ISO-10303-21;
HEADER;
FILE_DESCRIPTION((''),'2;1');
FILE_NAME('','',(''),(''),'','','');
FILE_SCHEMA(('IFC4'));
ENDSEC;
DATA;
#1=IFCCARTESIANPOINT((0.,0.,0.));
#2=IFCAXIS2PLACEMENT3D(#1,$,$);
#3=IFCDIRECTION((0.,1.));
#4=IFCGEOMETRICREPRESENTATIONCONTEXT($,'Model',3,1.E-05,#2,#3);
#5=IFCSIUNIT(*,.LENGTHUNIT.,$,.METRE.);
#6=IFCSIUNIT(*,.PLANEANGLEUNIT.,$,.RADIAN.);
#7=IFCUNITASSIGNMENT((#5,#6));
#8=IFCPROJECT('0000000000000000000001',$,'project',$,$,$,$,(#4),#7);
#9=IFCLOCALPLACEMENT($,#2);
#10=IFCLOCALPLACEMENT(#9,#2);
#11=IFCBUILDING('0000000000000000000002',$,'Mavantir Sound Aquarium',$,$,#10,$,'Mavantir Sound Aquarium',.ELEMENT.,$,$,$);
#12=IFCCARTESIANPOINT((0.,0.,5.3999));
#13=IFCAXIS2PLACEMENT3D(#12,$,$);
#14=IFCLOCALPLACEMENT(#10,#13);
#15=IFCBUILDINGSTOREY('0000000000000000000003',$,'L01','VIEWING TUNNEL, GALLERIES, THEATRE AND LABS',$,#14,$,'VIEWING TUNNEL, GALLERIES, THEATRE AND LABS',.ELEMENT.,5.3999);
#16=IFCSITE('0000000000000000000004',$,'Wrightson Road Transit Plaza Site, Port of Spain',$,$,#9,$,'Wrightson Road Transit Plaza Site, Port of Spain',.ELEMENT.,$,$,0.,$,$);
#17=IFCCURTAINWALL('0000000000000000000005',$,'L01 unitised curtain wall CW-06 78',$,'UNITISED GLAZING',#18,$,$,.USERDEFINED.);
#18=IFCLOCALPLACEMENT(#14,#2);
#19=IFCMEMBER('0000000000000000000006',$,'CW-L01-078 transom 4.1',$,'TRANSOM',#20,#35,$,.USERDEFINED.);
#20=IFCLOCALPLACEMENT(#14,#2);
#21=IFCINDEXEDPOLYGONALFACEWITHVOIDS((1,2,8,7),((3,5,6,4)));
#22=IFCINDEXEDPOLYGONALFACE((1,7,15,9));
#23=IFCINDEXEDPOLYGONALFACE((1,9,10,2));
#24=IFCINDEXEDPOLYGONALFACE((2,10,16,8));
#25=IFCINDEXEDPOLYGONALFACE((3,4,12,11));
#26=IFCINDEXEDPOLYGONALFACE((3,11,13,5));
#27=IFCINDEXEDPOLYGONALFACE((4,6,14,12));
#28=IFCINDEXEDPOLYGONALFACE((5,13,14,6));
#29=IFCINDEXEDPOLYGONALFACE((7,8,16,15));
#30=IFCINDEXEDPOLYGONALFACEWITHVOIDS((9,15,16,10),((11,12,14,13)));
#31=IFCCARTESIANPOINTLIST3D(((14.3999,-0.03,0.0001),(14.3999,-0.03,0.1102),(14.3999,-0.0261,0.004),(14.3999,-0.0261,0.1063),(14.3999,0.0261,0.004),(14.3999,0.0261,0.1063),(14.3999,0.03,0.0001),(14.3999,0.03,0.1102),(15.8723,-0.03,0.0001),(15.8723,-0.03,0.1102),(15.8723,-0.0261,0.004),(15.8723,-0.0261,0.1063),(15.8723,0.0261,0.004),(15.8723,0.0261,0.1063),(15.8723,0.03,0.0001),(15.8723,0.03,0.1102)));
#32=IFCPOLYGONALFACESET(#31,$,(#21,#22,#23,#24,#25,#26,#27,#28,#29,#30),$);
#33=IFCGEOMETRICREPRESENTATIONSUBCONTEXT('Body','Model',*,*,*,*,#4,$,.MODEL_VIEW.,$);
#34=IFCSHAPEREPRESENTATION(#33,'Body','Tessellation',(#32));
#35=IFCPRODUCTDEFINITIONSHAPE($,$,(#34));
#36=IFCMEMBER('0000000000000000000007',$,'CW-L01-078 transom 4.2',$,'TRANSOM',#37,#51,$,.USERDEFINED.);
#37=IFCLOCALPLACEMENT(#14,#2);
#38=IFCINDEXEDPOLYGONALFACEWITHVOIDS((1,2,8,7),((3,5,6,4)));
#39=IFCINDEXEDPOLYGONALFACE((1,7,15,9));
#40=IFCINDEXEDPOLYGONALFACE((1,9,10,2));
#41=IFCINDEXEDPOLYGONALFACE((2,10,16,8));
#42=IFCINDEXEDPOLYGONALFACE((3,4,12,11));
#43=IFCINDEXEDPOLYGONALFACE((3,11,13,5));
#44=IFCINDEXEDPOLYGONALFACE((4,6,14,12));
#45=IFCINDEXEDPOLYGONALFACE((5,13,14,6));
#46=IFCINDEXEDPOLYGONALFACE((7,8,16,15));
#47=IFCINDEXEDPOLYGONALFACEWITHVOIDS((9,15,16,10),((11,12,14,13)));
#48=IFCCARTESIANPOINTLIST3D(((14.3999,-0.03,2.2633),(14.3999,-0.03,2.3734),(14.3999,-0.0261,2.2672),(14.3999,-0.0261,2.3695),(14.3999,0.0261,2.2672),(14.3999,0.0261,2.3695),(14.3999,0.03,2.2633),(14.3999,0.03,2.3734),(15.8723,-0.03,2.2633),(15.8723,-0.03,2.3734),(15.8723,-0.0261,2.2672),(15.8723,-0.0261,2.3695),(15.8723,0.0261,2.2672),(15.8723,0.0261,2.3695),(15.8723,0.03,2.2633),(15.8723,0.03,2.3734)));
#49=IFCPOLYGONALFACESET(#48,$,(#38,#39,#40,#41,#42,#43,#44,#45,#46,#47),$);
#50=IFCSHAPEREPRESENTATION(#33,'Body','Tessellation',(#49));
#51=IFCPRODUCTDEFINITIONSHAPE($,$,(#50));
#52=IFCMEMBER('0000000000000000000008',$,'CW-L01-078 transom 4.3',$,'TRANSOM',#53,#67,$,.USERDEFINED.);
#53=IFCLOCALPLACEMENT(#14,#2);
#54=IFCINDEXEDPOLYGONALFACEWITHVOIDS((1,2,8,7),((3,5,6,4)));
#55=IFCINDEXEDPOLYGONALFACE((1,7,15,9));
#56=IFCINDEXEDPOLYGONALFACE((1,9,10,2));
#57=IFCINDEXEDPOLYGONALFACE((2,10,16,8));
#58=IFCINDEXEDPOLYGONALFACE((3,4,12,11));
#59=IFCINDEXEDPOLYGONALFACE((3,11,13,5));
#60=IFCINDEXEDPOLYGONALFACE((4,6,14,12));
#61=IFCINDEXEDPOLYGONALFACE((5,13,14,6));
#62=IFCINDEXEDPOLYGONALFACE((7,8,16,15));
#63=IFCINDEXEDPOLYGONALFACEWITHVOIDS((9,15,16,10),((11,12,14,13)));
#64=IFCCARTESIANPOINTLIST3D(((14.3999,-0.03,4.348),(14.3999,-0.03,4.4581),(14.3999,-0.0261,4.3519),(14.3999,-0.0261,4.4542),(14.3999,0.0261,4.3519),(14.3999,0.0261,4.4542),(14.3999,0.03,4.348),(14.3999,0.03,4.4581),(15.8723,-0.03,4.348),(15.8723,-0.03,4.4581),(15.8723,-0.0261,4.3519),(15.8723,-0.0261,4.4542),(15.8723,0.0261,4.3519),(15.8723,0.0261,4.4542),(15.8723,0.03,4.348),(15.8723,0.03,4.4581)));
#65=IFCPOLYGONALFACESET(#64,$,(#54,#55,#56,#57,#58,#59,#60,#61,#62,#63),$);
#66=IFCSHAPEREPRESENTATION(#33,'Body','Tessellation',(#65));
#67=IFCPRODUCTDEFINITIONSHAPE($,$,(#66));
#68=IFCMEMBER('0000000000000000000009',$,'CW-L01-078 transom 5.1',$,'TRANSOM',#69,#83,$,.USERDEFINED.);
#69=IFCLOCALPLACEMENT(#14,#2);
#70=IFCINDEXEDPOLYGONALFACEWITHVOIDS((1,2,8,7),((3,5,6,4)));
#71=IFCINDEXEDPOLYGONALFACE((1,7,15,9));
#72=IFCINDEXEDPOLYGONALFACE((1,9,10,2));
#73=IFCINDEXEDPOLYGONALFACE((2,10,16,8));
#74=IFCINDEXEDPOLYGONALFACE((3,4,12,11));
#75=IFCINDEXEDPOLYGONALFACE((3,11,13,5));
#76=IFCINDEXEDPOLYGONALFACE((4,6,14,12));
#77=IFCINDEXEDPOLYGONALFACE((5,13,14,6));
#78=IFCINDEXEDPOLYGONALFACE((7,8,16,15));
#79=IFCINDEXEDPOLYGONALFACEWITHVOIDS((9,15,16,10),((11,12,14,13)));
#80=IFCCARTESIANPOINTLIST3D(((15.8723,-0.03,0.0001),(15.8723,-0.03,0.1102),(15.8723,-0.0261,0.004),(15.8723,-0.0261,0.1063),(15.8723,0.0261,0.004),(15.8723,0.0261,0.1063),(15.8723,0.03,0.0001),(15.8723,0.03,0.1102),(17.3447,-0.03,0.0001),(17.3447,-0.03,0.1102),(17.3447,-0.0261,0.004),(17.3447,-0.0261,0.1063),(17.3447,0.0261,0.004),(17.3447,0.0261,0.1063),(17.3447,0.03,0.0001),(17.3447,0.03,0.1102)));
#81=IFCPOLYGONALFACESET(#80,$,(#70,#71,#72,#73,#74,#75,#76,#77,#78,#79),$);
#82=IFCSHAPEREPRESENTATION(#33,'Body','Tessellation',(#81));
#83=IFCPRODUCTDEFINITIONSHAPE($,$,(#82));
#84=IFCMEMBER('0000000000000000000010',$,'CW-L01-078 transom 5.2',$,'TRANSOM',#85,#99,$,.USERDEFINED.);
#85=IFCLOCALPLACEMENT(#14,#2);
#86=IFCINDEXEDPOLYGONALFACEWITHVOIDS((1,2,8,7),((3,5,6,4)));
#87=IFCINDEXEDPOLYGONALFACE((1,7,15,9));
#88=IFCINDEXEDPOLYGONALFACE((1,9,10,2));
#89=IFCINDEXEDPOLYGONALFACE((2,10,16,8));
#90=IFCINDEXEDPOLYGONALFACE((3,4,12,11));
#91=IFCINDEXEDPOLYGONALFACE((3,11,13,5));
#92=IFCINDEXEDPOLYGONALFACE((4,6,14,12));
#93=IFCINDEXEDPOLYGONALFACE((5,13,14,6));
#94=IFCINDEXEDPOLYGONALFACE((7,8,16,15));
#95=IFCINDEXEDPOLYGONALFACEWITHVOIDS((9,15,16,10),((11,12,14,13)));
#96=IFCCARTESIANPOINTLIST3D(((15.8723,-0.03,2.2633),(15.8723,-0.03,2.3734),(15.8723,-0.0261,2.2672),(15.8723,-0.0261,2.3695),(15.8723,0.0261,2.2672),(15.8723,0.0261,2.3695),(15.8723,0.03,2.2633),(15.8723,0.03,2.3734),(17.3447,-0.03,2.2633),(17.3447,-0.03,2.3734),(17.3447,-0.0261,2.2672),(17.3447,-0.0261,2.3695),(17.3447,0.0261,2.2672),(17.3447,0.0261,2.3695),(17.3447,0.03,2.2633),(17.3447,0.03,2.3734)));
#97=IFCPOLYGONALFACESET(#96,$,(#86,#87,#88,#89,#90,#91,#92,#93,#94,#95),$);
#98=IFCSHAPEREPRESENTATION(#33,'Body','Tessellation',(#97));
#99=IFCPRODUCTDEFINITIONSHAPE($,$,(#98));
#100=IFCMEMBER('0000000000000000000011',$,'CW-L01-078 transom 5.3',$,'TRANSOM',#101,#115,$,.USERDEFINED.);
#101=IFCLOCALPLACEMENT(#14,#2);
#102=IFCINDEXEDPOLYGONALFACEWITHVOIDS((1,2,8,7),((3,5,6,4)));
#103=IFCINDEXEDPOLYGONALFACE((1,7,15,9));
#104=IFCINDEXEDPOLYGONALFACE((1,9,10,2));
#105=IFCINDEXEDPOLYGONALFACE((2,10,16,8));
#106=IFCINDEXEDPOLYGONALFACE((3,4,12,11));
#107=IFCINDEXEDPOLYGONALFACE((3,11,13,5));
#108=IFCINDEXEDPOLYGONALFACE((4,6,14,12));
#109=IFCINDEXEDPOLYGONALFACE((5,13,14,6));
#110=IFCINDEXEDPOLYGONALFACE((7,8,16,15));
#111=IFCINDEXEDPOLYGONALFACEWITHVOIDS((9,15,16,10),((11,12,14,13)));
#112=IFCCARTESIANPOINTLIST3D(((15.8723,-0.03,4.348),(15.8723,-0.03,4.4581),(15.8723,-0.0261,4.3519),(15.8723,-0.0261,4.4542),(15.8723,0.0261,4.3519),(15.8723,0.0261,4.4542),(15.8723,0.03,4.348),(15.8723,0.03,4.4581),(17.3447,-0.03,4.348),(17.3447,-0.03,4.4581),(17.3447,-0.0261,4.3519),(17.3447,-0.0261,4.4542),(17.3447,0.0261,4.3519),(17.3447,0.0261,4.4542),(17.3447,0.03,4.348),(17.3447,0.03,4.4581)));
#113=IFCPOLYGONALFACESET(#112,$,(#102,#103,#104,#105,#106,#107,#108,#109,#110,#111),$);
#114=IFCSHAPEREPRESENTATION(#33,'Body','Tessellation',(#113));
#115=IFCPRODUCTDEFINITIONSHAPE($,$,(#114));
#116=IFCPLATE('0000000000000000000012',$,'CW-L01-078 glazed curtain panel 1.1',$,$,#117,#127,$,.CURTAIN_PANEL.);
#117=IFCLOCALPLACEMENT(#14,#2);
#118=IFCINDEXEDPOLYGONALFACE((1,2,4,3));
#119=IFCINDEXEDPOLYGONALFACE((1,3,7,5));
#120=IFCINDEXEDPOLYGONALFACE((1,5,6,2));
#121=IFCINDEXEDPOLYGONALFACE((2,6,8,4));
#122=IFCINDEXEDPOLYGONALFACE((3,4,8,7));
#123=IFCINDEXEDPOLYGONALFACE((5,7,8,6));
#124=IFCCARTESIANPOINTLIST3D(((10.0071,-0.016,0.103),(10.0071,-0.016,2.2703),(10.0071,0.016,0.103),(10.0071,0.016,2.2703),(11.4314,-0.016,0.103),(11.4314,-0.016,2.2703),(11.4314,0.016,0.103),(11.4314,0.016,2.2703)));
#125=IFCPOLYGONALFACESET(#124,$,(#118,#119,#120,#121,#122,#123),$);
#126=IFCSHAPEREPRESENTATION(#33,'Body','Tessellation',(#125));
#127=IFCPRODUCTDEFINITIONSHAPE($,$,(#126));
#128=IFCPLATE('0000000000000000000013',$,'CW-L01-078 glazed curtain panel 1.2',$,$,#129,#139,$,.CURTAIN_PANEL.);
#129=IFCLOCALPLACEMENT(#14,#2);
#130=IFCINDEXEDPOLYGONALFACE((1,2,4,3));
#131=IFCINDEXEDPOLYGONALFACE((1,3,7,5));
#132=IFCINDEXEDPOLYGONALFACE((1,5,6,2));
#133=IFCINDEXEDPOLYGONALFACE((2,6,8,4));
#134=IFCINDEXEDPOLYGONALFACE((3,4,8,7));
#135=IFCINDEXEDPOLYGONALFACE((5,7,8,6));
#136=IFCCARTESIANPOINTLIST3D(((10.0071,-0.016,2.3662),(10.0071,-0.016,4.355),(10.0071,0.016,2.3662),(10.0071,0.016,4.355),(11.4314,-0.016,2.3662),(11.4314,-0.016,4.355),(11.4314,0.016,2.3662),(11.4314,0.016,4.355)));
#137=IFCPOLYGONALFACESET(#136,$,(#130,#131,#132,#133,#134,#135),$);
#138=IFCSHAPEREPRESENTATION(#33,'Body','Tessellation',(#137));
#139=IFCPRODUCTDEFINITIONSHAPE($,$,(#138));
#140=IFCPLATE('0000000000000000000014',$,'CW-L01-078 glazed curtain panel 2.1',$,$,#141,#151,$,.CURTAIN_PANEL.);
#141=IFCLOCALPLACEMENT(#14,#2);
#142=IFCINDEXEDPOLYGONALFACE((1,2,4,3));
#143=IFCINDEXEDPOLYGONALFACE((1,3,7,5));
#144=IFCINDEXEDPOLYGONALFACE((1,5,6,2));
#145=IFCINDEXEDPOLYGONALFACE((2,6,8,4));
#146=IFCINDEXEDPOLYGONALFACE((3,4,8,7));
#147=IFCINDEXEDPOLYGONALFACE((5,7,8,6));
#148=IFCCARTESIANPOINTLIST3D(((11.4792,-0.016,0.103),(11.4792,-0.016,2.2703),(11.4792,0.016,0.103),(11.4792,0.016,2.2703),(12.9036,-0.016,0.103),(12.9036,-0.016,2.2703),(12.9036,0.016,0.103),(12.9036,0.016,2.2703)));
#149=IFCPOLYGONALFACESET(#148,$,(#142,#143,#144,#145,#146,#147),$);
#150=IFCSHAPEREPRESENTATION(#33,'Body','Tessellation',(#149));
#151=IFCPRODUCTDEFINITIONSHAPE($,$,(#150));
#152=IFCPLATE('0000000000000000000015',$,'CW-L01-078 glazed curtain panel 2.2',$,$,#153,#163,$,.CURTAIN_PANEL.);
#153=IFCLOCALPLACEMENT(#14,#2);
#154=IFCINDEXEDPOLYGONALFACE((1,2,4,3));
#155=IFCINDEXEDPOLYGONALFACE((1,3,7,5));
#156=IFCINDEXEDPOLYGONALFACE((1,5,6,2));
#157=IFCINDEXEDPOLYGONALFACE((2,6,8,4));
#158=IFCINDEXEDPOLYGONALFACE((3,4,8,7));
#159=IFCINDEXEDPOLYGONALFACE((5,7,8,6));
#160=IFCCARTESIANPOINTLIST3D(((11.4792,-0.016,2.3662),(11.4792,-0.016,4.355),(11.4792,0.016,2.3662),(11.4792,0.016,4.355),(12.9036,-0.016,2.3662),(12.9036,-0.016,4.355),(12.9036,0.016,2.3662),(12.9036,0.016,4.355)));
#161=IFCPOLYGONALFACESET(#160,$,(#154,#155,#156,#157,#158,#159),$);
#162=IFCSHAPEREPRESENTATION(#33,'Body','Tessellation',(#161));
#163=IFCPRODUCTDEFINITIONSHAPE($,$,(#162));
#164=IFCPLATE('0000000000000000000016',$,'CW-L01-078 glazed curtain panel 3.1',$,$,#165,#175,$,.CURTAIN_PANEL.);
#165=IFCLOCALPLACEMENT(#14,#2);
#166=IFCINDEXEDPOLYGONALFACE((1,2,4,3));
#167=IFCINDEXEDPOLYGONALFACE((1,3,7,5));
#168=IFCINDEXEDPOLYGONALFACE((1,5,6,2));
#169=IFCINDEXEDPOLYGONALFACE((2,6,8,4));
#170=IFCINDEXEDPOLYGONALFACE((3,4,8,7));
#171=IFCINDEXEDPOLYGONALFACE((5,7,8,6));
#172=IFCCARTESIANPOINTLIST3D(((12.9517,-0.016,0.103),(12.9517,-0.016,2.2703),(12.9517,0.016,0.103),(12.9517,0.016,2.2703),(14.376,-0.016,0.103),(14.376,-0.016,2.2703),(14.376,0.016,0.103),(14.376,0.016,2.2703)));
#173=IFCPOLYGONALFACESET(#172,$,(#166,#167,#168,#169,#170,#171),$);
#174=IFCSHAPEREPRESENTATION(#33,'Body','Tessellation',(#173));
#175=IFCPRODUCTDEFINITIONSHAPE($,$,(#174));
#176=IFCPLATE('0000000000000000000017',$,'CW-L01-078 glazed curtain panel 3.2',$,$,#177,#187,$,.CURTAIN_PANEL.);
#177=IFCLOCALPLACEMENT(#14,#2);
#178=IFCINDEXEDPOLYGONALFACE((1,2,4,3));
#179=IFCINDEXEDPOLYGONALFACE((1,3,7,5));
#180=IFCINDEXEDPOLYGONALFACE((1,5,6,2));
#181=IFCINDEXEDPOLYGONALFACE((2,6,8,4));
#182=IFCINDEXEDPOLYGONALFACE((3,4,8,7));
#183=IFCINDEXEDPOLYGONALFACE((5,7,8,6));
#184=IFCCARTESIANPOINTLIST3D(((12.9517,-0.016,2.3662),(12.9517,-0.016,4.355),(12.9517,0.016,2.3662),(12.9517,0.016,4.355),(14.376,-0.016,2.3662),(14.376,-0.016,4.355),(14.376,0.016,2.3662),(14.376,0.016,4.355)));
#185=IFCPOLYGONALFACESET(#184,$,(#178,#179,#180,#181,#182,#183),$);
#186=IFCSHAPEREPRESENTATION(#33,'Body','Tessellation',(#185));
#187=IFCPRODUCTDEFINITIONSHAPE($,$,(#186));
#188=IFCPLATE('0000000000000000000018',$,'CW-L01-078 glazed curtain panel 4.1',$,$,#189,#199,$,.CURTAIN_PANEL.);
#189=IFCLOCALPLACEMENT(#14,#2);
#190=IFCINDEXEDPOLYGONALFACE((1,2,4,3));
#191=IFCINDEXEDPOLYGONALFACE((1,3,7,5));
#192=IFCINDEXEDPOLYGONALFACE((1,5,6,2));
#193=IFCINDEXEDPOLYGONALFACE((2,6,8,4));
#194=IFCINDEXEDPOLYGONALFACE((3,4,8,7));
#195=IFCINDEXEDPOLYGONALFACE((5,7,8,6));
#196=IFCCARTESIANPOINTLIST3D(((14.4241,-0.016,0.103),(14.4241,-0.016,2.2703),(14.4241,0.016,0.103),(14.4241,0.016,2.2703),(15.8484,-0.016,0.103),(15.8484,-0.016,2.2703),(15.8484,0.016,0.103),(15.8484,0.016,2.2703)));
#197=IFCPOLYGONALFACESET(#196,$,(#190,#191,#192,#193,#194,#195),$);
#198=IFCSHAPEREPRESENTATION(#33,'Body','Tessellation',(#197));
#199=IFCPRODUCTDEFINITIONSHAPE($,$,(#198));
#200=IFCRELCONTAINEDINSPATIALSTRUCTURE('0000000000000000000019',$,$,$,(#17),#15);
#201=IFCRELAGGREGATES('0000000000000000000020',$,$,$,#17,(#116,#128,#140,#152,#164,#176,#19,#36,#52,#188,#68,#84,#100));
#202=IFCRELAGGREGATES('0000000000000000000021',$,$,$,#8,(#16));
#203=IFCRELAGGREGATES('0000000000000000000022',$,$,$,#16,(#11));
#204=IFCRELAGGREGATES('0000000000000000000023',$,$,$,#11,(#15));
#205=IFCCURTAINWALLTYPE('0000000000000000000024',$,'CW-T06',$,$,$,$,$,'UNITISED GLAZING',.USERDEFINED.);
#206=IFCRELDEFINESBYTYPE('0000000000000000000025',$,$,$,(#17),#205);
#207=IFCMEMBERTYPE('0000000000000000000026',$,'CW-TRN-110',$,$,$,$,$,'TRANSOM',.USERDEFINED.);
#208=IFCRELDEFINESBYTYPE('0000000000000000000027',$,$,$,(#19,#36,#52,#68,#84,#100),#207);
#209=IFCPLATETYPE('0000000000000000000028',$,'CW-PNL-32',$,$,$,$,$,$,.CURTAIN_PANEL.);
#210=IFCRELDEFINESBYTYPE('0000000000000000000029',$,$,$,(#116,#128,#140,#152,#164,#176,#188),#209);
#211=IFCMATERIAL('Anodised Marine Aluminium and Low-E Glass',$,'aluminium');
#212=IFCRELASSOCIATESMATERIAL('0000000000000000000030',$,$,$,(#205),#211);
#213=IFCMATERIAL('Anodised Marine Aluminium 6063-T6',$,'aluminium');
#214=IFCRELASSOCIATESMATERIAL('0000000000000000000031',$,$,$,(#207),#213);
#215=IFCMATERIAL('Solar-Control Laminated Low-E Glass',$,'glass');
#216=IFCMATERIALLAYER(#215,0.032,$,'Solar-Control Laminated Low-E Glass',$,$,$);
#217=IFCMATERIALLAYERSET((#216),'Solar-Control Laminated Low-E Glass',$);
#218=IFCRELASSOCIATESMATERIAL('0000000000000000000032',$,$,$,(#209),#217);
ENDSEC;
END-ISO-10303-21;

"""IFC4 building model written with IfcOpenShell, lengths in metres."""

from ifc_helpers import new_model, si_unit, direction, frame, origin, origin_2d, place, context, subcontext, project, spatial, rectangle, hollow_rectangle, extrude, material, layer, layer_set, material_profile, profile_set, type_object, element, aggregate, save


model = new_model("IFC4")

# Units and contexts
model_context = context("Model", 3, precision=1e-05, world=origin(), true_north=direction((0.0, 1.0)))
body_context = subcontext(model_context, "Body", "Model", "MODEL_VIEW")
ifc_project = project(units=[si_unit("LENGTHUNIT", "METRE"), si_unit("PLANEANGLEUNIT", "RADIAN")], contexts=[model_context])

# Site, building, storey
site_placement = place(None, origin())
site = spatial("IfcSite", under=ifc_project, at=site_placement, Name="Wrightson Road Transit Plaza Site, Port of Spain", LongName="Wrightson Road Transit Plaza Site, Port of Spain", CompositionType="ELEMENT", RefElevation=0.0)
building_placement = place(site_placement, origin())
building = spatial("IfcBuilding", under=site, at=building_placement, Name="Mavantir Sound Aquarium", LongName="Mavantir Sound Aquarium", CompositionType="ELEMENT")
storey_placement = place(building_placement, frame((0.0, 0.0, 5.3999)))
storey = spatial("IfcBuildingStorey", under=building, at=storey_placement, Name="L01", Description="VIEWING TUNNEL, GALLERIES, THEATRE AND LABS", LongName="VIEWING TUNNEL, GALLERIES, THEATRE AND LABS", CompositionType="ELEMENT", Elevation=5.3999)

# Curtain wall, members, plates
ifc_material_1 = material(Name="Anodised Marine Aluminium and Low-E Glass", Category="aluminium")
curtain_wall_type = type_object("IfcCurtainWallType", Name="CW-T06", ElementType="UNITISED GLAZING", PredefinedType="USERDEFINED", material=ifc_material_1)
curtain_wall_placement = place(storey_placement, origin())
curtain_wall = element("IfcCurtainWall", 1, at=curtain_wall_placement, inside=storey, type_object=curtain_wall_type, Name="L01 unitised curtain wall CW-06 78", ObjectType="UNITISED GLAZING", PredefinedType="USERDEFINED")
ifc_material_2 = material(Name="Anodised Marine Aluminium 6063-T6", Category="aluminium")
ifc_material_profile_1 = material_profile(ifc_material_2, hollow_rectangle(XDim=0.0601, YDim=0.1101, WallThickness=0.0039, at=origin_2d()), Name="ALU-TRANSOM-110X60")
ifc_profile_set_1 = profile_set([ifc_material_profile_1], Name="Anodised Marine Aluminium 6063-T6")
member_type_1 = type_object("IfcMemberType", Name="CW-TRN-110", ElementType="TRANSOM", PredefinedType="USERDEFINED", material=ifc_profile_set_1)
member_1_placement = place(storey_placement, frame((14.3999, 0.0, 0.0552), z_axis=(1.0, 0.0, 0.0), x_axis=(0.0, 1.0, 0.0)))
member_1 = element("IfcMember", 2, at=member_1_placement, type_object=member_type_1, Name="CW-L01-078 transom 4.1", ObjectType="TRANSOM", PredefinedType="USERDEFINED", context=body_context, shape_type="SweptSolid", body=[
    extrude(hollow_rectangle(XDim=0.0601, YDim=0.1101, WallThickness=0.0039, at=origin_2d()), origin(), (0.0, 0.0, 1.0), 1.4724),
])
member_2_placement = place(storey_placement, frame((14.3999, 0.0, 2.3184), z_axis=(1.0, 0.0, 0.0), x_axis=(0.0, 1.0, 0.0)))
member_2 = element("IfcMember", 3, at=member_2_placement, type_object=member_type_1, Name="CW-L01-078 transom 4.2", ObjectType="TRANSOM", PredefinedType="USERDEFINED", context=body_context, shape_type="SweptSolid", body=[
    extrude(hollow_rectangle(XDim=0.0601, YDim=0.1101, WallThickness=0.0039, at=origin_2d()), origin(), (0.0, 0.0, 1.0), 1.4724),
])
member_3_placement = place(storey_placement, frame((14.3999, 0.0, 4.4031), z_axis=(1.0, 0.0, 0.0), x_axis=(0.0, 1.0, 0.0)))
member_3 = element("IfcMember", 4, at=member_3_placement, type_object=member_type_1, Name="CW-L01-078 transom 4.3", ObjectType="TRANSOM", PredefinedType="USERDEFINED", context=body_context, shape_type="SweptSolid", body=[
    extrude(hollow_rectangle(XDim=0.0601, YDim=0.1101, WallThickness=0.0039, at=origin_2d()), origin(), (0.0, 0.0, 1.0), 1.4724),
])
member_4_placement = place(storey_placement, frame((15.8723, 0.0, 0.0552), z_axis=(1.0, 0.0, 0.0), x_axis=(0.0, 1.0, 0.0)))
member_4 = element("IfcMember", 5, at=member_4_placement, type_object=member_type_1, Name="CW-L01-078 transom 5.1", ObjectType="TRANSOM", PredefinedType="USERDEFINED", context=body_context, shape_type="SweptSolid", body=[
    extrude(hollow_rectangle(XDim=0.0601, YDim=0.1101, WallThickness=0.0039, at=origin_2d()), origin(), (0.0, 0.0, 1.0), 1.4724),
])
member_5_placement = place(storey_placement, frame((15.8723, 0.0, 2.3184), z_axis=(1.0, 0.0, 0.0), x_axis=(0.0, 1.0, 0.0)))
member_5 = element("IfcMember", 6, at=member_5_placement, type_object=member_type_1, Name="CW-L01-078 transom 5.2", ObjectType="TRANSOM", PredefinedType="USERDEFINED", context=body_context, shape_type="SweptSolid", body=[
    extrude(hollow_rectangle(XDim=0.0601, YDim=0.1101, WallThickness=0.0039, at=origin_2d()), origin(), (0.0, 0.0, 1.0), 1.4724),
])
member_6_placement = place(storey_placement, frame((15.8723, 0.0, 4.4031), z_axis=(1.0, 0.0, 0.0), x_axis=(0.0, 1.0, 0.0)))
member_6 = element("IfcMember", 7, at=member_6_placement, type_object=member_type_1, Name="CW-L01-078 transom 5.3", ObjectType="TRANSOM", PredefinedType="USERDEFINED", context=body_context, shape_type="SweptSolid", body=[
    extrude(hollow_rectangle(XDim=0.0601, YDim=0.1101, WallThickness=0.0039, at=origin_2d()), origin(), (0.0, 0.0, 1.0), 1.4724),
])
ifc_material_3 = material(Name="Solar-Control Laminated Low-E Glass", Category="glass")
ifc_layer_1 = layer(ifc_material_3, 0.032, Name="Solar-Control Laminated Low-E Glass")
ifc_layer_set_1 = layer_set([ifc_layer_1], Name="Solar-Control Laminated Low-E Glass")
plate_type = type_object("IfcPlateType", Name="CW-PNL-32", PredefinedType="CURTAIN_PANEL", material=ifc_layer_set_1)
plate_1_placement = place(storey_placement, frame((10.7192, 0.0, 0.103), z_axis=(0.0, 0.0, 1.0), x_axis=(1.0, 0.0, 0.0)))
plate_1 = element("IfcPlate", 8, at=plate_1_placement, type_object=plate_type, Name="CW-L01-078 glazed curtain panel 1.1", PredefinedType="CURTAIN_PANEL", context=body_context, shape_type="SweptSolid", body=[
    extrude(rectangle(XDim=1.4243, YDim=0.032, at=origin_2d()), origin(), (0.0, 0.0, 1.0), 2.1672),
])
plate_2_placement = place(storey_placement, frame((10.7192, 0.0, 2.3662), z_axis=(0.0, 0.0, 1.0), x_axis=(1.0, 0.0, 0.0)))
plate_2 = element("IfcPlate", 9, at=plate_2_placement, type_object=plate_type, Name="CW-L01-078 glazed curtain panel 1.2", PredefinedType="CURTAIN_PANEL", context=body_context, shape_type="SweptSolid", body=[
    extrude(rectangle(XDim=1.4243, YDim=0.032, at=origin_2d()), origin(), (0.0, 0.0, 1.0), 1.9888),
])
plate_3_placement = place(storey_placement, frame((12.1914, 0.0, 0.103), z_axis=(0.0, 0.0, 1.0), x_axis=(1.0, 0.0, 0.0)))
plate_3 = element("IfcPlate", 10, at=plate_3_placement, type_object=plate_type, Name="CW-L01-078 glazed curtain panel 2.1", PredefinedType="CURTAIN_PANEL", context=body_context, shape_type="SweptSolid", body=[
    extrude(rectangle(XDim=1.4243, YDim=0.032, at=origin_2d()), origin(), (0.0, 0.0, 1.0), 2.1672),
])
plate_4_placement = place(storey_placement, frame((12.1914, 0.0, 2.3662), z_axis=(0.0, 0.0, 1.0), x_axis=(1.0, 0.0, 0.0)))
plate_4 = element("IfcPlate", 11, at=plate_4_placement, type_object=plate_type, Name="CW-L01-078 glazed curtain panel 2.2", PredefinedType="CURTAIN_PANEL", context=body_context, shape_type="SweptSolid", body=[
    extrude(rectangle(XDim=1.4243, YDim=0.032, at=origin_2d()), origin(), (0.0, 0.0, 1.0), 1.9888),
])
plate_5_placement = place(storey_placement, frame((13.6638, 0.0, 0.103), z_axis=(0.0, 0.0, 1.0), x_axis=(1.0, 0.0, 0.0)))
plate_5 = element("IfcPlate", 12, at=plate_5_placement, type_object=plate_type, Name="CW-L01-078 glazed curtain panel 3.1", PredefinedType="CURTAIN_PANEL", context=body_context, shape_type="SweptSolid", body=[
    extrude(rectangle(XDim=1.4243, YDim=0.032, at=origin_2d()), origin(), (0.0, 0.0, 1.0), 2.1672),
])
plate_6_placement = place(storey_placement, frame((13.6638, 0.0, 2.3662), z_axis=(0.0, 0.0, 1.0), x_axis=(1.0, 0.0, 0.0)))
plate_6 = element("IfcPlate", 13, at=plate_6_placement, type_object=plate_type, Name="CW-L01-078 glazed curtain panel 3.2", PredefinedType="CURTAIN_PANEL", context=body_context, shape_type="SweptSolid", body=[
    extrude(rectangle(XDim=1.4243, YDim=0.032, at=origin_2d()), origin(), (0.0, 0.0, 1.0), 1.9888),
])
plate_7_placement = place(storey_placement, frame((15.1362, 0.0, 0.103), z_axis=(0.0, 0.0, 1.0), x_axis=(1.0, 0.0, 0.0)))
plate_7 = element("IfcPlate", 14, at=plate_7_placement, type_object=plate_type, Name="CW-L01-078 glazed curtain panel 4.1", PredefinedType="CURTAIN_PANEL", context=body_context, shape_type="SweptSolid", body=[
    extrude(rectangle(XDim=1.4243, YDim=0.032, at=origin_2d()), origin(), (0.0, 0.0, 1.0), 2.1672),
])
aggregate(curtain_wall, [plate_1, plate_2, plate_3, plate_4, plate_5, plate_6, member_1, member_2, member_3, plate_7, member_4, member_5, member_6])

save(model, "model.ifc")
